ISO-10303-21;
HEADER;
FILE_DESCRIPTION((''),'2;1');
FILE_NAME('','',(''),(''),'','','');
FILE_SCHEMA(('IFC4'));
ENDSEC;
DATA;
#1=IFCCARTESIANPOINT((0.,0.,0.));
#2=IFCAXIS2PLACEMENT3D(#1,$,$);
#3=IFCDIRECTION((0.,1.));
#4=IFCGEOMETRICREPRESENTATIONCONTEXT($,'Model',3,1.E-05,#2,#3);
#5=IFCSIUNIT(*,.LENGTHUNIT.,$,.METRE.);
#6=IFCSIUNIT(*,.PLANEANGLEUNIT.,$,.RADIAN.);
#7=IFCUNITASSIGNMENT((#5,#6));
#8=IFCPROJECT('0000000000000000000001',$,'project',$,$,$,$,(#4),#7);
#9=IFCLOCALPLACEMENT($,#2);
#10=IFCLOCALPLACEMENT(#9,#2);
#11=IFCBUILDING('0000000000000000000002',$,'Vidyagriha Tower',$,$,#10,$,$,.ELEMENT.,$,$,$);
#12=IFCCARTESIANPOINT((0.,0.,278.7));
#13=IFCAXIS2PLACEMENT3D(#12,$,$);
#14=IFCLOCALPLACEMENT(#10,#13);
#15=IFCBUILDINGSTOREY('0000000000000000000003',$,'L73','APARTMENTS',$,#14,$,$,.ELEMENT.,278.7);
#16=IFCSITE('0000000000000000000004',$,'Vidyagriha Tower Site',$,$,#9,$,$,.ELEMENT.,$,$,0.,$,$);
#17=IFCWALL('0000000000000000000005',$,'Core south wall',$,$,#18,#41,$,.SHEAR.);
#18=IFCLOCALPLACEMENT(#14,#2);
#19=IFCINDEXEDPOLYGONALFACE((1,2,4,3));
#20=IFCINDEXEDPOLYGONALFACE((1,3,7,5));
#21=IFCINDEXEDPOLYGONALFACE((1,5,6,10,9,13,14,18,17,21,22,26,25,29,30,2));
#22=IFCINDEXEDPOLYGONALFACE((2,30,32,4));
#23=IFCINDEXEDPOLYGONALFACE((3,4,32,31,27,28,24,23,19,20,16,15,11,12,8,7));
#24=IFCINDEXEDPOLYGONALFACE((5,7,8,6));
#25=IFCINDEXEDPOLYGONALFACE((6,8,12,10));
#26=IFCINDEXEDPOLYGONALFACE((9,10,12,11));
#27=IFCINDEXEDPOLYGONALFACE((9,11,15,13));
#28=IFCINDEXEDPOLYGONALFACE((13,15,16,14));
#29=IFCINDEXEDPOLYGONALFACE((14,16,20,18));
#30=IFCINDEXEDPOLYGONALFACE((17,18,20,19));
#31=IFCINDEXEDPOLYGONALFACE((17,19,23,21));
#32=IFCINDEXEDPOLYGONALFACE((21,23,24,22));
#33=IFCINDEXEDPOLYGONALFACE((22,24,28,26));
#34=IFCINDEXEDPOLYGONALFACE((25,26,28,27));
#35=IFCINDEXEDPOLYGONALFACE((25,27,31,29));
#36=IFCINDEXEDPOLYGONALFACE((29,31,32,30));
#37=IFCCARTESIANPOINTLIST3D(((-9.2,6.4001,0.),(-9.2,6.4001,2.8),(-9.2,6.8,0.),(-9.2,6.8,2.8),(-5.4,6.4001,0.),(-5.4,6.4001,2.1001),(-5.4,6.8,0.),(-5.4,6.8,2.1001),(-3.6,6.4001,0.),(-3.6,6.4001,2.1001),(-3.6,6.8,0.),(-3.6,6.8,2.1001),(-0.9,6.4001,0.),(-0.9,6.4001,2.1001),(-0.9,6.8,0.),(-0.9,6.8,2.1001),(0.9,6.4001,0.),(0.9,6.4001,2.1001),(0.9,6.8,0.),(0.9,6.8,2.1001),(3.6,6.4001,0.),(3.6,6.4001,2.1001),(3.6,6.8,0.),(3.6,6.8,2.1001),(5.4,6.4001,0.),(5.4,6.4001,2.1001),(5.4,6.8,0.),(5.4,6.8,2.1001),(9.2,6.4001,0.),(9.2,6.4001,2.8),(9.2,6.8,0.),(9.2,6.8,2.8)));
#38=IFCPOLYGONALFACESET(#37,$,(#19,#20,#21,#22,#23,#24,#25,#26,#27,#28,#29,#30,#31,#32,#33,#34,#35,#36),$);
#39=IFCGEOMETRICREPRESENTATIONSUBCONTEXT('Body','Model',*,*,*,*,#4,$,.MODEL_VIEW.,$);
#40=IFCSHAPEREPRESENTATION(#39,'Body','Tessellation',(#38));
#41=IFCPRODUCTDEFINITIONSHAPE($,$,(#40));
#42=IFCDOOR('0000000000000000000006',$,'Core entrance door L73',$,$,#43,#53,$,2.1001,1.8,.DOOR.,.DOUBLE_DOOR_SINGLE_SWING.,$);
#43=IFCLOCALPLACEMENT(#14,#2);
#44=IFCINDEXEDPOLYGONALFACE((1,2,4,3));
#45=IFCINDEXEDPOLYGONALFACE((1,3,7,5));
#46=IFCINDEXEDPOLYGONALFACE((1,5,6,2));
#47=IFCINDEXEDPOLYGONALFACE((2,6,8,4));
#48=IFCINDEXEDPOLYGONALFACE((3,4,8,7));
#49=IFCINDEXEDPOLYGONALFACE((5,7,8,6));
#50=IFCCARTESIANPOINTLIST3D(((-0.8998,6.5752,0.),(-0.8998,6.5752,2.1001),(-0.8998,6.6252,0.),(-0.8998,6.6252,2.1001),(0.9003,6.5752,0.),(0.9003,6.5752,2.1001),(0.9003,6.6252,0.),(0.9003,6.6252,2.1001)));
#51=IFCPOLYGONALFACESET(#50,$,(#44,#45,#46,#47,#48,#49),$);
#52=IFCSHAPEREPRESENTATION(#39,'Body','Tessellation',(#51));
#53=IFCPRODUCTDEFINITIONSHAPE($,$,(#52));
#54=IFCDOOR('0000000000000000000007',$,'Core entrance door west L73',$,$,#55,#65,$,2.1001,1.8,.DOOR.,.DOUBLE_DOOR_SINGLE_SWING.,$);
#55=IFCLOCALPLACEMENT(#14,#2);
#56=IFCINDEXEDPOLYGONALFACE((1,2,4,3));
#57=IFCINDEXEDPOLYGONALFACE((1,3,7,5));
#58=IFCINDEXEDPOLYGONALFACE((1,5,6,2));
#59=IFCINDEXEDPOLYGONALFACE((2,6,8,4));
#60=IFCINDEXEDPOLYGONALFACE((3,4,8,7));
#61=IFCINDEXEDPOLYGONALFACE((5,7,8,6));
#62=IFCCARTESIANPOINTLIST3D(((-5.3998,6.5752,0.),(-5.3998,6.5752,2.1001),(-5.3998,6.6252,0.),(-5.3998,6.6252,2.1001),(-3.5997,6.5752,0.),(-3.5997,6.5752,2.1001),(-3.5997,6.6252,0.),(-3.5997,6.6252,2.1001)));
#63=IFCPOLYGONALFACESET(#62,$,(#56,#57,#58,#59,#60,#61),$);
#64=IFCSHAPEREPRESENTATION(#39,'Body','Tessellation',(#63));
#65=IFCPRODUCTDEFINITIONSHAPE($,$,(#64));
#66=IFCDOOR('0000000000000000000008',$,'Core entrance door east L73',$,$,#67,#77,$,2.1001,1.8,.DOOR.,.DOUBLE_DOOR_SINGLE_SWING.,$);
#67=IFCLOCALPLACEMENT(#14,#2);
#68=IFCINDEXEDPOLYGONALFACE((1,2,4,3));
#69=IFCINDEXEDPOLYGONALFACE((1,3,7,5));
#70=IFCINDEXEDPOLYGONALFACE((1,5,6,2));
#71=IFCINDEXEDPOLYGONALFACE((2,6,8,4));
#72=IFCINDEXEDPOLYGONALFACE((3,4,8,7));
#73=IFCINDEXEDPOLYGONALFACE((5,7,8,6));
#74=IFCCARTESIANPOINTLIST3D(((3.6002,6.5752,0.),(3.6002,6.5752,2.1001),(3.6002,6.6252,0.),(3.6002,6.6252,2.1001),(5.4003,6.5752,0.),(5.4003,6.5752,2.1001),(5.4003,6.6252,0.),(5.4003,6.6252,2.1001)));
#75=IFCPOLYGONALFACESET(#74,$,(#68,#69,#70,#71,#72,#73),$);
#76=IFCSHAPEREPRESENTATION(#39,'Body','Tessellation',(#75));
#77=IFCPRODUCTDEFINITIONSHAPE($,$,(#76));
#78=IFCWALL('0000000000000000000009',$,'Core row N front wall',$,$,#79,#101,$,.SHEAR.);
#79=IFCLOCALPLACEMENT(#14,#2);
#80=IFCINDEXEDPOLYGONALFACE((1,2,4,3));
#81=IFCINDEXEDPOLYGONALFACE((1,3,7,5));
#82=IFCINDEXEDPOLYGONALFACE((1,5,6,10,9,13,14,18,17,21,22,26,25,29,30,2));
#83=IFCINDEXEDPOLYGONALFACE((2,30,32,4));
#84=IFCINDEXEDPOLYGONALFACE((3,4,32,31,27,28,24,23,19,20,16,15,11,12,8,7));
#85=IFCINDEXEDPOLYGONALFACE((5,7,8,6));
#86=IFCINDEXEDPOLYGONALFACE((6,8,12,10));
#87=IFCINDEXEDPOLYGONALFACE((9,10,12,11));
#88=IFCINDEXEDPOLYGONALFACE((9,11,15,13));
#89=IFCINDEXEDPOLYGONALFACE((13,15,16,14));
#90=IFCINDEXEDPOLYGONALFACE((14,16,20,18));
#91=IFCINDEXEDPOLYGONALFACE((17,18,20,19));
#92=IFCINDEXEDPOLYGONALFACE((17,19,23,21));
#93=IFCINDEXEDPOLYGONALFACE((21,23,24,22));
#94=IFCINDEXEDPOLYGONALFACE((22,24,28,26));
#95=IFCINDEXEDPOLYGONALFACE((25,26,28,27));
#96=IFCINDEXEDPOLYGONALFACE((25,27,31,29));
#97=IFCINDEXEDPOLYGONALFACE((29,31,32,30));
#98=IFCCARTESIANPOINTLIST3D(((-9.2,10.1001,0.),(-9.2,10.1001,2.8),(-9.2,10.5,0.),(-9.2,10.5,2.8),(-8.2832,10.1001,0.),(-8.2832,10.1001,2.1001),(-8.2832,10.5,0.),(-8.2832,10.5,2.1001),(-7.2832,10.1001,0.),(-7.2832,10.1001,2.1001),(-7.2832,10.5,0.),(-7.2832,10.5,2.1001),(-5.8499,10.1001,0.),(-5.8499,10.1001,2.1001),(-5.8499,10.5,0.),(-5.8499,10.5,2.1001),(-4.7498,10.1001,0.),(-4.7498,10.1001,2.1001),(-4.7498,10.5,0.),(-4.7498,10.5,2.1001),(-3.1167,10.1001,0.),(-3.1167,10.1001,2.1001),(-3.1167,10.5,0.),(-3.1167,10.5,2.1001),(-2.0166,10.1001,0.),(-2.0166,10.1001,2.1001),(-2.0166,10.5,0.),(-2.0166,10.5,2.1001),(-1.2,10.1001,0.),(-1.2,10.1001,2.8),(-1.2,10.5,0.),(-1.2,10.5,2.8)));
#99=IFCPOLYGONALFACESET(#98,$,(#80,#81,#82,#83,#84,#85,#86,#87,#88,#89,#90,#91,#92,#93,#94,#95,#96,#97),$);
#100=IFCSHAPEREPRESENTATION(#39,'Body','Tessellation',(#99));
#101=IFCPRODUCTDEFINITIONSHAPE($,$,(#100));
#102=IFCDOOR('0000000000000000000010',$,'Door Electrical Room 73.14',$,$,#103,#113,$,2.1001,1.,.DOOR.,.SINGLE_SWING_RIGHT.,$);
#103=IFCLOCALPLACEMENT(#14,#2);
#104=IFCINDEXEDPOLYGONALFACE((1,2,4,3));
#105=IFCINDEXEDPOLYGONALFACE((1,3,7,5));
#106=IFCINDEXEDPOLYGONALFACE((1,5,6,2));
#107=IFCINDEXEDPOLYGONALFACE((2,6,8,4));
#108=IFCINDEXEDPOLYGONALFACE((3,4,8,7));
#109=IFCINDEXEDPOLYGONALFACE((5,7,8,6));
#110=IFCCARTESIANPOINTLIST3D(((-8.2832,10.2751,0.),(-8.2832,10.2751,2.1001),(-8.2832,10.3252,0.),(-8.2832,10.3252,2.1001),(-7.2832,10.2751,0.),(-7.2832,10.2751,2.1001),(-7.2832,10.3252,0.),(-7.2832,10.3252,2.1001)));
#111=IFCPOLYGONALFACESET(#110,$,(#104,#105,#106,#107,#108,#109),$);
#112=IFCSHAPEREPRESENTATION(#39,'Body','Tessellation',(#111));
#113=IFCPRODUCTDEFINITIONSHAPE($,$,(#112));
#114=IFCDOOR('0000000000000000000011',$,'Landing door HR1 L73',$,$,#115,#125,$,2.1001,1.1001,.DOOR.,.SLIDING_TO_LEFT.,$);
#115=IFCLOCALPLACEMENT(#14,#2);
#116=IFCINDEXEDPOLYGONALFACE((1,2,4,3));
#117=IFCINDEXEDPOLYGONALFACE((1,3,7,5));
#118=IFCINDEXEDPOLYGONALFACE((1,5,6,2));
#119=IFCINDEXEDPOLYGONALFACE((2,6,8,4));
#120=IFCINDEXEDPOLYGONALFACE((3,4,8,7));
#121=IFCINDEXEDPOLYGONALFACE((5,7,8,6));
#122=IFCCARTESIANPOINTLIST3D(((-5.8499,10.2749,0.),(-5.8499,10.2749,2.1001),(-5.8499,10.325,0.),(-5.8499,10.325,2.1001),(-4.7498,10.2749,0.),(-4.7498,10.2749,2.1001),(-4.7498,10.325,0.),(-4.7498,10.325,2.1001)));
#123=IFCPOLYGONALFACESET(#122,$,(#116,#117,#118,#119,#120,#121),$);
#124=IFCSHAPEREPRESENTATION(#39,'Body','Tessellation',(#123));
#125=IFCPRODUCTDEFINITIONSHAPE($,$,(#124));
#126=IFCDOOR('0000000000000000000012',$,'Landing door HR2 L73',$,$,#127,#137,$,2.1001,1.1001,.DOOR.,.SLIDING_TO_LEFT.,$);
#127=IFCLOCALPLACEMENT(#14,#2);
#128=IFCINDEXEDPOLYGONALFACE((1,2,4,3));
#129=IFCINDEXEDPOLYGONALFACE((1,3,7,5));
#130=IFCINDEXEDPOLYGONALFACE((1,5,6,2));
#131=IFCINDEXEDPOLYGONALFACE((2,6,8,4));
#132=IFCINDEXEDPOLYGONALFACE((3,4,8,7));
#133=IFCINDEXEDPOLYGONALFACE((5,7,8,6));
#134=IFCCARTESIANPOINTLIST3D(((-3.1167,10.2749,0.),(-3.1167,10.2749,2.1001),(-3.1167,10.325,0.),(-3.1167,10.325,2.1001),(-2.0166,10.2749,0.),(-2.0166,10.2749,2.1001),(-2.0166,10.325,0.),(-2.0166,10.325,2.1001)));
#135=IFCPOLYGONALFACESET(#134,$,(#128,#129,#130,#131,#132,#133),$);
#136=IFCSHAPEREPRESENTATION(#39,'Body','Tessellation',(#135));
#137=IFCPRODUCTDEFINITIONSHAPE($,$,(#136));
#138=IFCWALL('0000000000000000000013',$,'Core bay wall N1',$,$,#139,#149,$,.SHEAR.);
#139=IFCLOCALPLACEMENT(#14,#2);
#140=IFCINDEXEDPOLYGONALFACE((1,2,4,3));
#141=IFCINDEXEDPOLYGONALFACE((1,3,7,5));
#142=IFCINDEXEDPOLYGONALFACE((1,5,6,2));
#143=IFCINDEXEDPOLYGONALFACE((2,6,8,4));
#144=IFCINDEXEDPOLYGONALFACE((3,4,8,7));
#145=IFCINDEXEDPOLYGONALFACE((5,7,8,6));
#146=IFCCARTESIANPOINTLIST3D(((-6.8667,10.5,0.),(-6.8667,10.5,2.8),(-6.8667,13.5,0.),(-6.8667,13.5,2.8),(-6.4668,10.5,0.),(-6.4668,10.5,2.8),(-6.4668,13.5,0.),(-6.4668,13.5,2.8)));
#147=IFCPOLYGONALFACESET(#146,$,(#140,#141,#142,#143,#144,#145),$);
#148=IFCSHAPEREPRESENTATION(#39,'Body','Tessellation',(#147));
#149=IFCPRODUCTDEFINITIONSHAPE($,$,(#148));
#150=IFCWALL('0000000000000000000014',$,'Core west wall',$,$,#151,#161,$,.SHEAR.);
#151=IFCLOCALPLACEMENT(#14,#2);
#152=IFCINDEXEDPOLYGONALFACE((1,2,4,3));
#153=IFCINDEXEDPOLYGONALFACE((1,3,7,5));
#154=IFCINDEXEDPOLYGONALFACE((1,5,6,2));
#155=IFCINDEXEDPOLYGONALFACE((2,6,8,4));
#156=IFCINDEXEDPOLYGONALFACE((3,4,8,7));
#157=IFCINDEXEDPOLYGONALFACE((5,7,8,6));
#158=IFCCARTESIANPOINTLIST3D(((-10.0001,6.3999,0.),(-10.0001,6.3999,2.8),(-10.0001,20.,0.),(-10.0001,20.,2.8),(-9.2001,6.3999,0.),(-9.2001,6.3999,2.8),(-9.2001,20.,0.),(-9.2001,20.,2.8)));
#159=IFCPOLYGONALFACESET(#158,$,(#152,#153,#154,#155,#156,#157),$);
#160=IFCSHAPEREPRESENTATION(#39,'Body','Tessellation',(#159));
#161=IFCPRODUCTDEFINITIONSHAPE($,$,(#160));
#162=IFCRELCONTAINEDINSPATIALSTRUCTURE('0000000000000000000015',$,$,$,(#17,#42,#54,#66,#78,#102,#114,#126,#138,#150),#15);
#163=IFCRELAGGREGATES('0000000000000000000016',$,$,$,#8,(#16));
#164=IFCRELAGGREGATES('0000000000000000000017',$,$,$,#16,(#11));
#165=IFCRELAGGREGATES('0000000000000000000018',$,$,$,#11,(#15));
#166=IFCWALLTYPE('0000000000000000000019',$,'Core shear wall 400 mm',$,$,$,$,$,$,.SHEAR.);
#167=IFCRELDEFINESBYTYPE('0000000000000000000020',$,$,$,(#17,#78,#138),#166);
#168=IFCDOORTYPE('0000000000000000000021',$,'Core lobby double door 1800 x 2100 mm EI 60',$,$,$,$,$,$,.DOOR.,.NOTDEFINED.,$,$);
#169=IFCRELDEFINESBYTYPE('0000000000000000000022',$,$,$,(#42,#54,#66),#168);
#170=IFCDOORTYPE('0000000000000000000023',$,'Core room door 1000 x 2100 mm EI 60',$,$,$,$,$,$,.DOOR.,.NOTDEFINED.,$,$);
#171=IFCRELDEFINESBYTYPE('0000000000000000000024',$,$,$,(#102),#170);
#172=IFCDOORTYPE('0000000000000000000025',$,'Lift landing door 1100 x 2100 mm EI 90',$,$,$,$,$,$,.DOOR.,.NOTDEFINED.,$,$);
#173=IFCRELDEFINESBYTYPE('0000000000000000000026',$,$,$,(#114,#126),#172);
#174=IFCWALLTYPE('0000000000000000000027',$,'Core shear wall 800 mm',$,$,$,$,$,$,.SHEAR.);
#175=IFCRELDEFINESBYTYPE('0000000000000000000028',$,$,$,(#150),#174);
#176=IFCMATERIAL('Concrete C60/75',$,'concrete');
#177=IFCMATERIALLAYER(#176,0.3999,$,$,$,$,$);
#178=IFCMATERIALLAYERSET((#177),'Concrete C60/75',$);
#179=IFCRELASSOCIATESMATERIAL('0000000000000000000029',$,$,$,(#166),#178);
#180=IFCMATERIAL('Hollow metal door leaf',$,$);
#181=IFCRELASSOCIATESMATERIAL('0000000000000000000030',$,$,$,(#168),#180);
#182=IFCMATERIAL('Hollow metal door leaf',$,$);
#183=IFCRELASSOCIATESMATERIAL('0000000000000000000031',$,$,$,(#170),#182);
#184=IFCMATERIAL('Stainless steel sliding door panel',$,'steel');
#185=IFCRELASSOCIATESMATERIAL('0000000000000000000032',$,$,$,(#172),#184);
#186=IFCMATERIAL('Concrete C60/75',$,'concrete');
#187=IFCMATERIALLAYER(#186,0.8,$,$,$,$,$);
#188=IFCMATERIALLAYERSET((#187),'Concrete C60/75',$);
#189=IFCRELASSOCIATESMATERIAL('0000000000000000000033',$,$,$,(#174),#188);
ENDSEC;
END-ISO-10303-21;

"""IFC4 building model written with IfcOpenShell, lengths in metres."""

from ifc_helpers import new_model, si_unit, direction, frame, frame_2d, origin, place, context, subcontext, project, spatial, rectangle, extrude, material, layer, layer_set, type_object, element, fill, save


model = new_model("IFC4")

# Units and contexts
model_context = context("Model", 3, precision=1e-05, world=origin(), true_north=direction((0.0, 1.0)))
body_context = subcontext(model_context, "Body", "Model", "MODEL_VIEW")
ifc_project = project(units=[si_unit("LENGTHUNIT", "METRE"), si_unit("PLANEANGLEUNIT", "RADIAN")], contexts=[model_context])

# Site, building, storey
site_placement = place(None, origin())
site = spatial("IfcSite", under=ifc_project, at=site_placement, Name="Vidyagriha Tower Site", CompositionType="ELEMENT", RefElevation=0.0)
building_placement = place(site_placement, origin())
building = spatial("IfcBuilding", under=site, at=building_placement, Name="Vidyagriha Tower", CompositionType="ELEMENT")
storey_placement = place(building_placement, frame((0.0, 0.0, 278.7)))
storey = spatial("IfcBuildingStorey", under=building, at=storey_placement, Name="L73", Description="APARTMENTS", CompositionType="ELEMENT", Elevation=278.7)

# Walls, openings, doors
ifc_material_1 = material(Name="Concrete C60/75", Category="concrete")
ifc_layer_1 = layer(ifc_material_1, 0.3999)
ifc_layer_set_1 = layer_set([ifc_layer_1], Name="Concrete C60/75")
wall_type_1 = type_object("IfcWallType", Name="Core shear wall 400 mm", PredefinedType="SHEAR", material=ifc_layer_set_1)
wall_1_placement = place(storey_placement, frame((-9.2, 6.6001, 0.0)))
wall_1 = element("IfcWall", 1, at=wall_1_placement, inside=storey, type_object=wall_type_1, Name="Core south wall", PredefinedType="SHEAR", context=body_context, shape_type="SweptSolid", body=[
    extrude(rectangle(XDim=18.3999, YDim=0.3999, at=frame_2d((9.2, 0.0))), origin(), (0.0, 0.0, 1.0), 2.8),
])
opening_1_placement = place(wall_1_placement, frame((8.3, 0.0, 0.0)))
opening_1 = element("IfcOpeningElement", 2, at=opening_1_placement, cuts=wall_1, PredefinedType="OPENING", context=body_context, shape_type="SweptSolid", body=[
    extrude(rectangle(XDim=1.8, YDim=2.1001, at=frame_2d((0.8999, 1.05))), frame((0.0, 0.21, 0.0), z_axis=(0.0, -1.0, 0.0), x_axis=(1.0, 0.0, 0.0)), (0.0, 0.0, 1.0), 0.4199),
])
opening_2_placement = place(wall_1_placement, frame((3.8, 0.0, 0.0)))
opening_2 = element("IfcOpeningElement", 3, at=opening_2_placement, cuts=wall_1, PredefinedType="OPENING", context=body_context, shape_type="SweptSolid", body=[
    extrude(rectangle(XDim=1.8, YDim=2.1001, at=frame_2d((0.8999, 1.05))), frame((0.0, 0.21, 0.0), z_axis=(0.0, -1.0, 0.0), x_axis=(1.0, 0.0, 0.0)), (0.0, 0.0, 1.0), 0.4199),
])
opening_3_placement = place(wall_1_placement, frame((12.8, 0.0, 0.0)))
opening_3 = element("IfcOpeningElement", 4, at=opening_3_placement, cuts=wall_1, PredefinedType="OPENING", context=body_context, shape_type="SweptSolid", body=[
    extrude(rectangle(XDim=1.8, YDim=2.1001, at=frame_2d((0.8999, 1.05))), frame((0.0, 0.21, 0.0), z_axis=(0.0, -1.0, 0.0), x_axis=(1.0, 0.0, 0.0)), (0.0, 0.0, 1.0), 0.4199),
])
ifc_material_2 = material(Name="Hollow metal door leaf")
door_type_1 = type_object("IfcDoorType", Name="Core lobby double door 1800 x 2100 mm EI 60", OperationType="NOTDEFINED", PredefinedType="DOOR", material=ifc_material_2)
door_1_placement = place(opening_1_placement, frame((1.8, 0.0, 0.0), z_axis=(0.0, 0.0, 1.0), x_axis=(-1.0, 0.0, 0.0)))
door_1 = element("IfcDoor", 5, at=door_1_placement, inside=storey, type_object=door_type_1, Name="Core entrance door L73", OperationType="DOUBLE_DOOR_SINGLE_SWING", OverallHeight=2.1001, OverallWidth=1.8, PredefinedType="DOOR", context=body_context, shape_type="SweptSolid", body=[
    extrude(rectangle(XDim=1.8, YDim=2.1001, at=frame_2d((0.8999, 1.05))), frame((0.0, 0.0249, 0.0), z_axis=(0.0, -1.0, 0.0), x_axis=(1.0, 0.0, 0.0)), (0.0, 0.0, 1.0), 0.05),
])
fill(opening_1, door_1)
door_2_placement = place(opening_2_placement, frame((1.8, 0.0, 0.0), z_axis=(0.0, 0.0, 1.0), x_axis=(-1.0, 0.0, 0.0)))
door_2 = element("IfcDoor", 6, at=door_2_placement, inside=storey, type_object=door_type_1, Name="Core entrance door west L73", OperationType="DOUBLE_DOOR_SINGLE_SWING", OverallHeight=2.1001, OverallWidth=1.8, PredefinedType="DOOR", context=body_context, shape_type="SweptSolid", body=[
    extrude(rectangle(XDim=1.8, YDim=2.1001, at=frame_2d((0.8999, 1.05))), frame((0.0, 0.0249, 0.0), z_axis=(0.0, -1.0, 0.0), x_axis=(1.0, 0.0, 0.0)), (0.0, 0.0, 1.0), 0.05),
])
fill(opening_2, door_2)
door_3_placement = place(opening_3_placement, frame((1.8, 0.0, 0.0), z_axis=(0.0, 0.0, 1.0), x_axis=(-1.0, 0.0, 0.0)))
door_3 = element("IfcDoor", 7, at=door_3_placement, inside=storey, type_object=door_type_1, Name="Core entrance door east L73", OperationType="DOUBLE_DOOR_SINGLE_SWING", OverallHeight=2.1001, OverallWidth=1.8, PredefinedType="DOOR", context=body_context, shape_type="SweptSolid", body=[
    extrude(rectangle(XDim=1.8, YDim=2.1001, at=frame_2d((0.8999, 1.05))), frame((0.0, 0.0249, 0.0), z_axis=(0.0, -1.0, 0.0), x_axis=(1.0, 0.0, 0.0)), (0.0, 0.0, 1.0), 0.05),
])
fill(opening_3, door_3)
wall_2_placement = place(storey_placement, frame((-9.2, 10.3, 0.0)))
wall_2 = element("IfcWall", 8, at=wall_2_placement, inside=storey, type_object=wall_type_1, Name="Core row N front wall", PredefinedType="SHEAR", context=body_context, shape_type="SweptSolid", body=[
    extrude(rectangle(XDim=8.0, YDim=0.3999, at=frame_2d((4.0, 0.0))), origin(), (0.0, 0.0, 1.0), 2.8),
])
opening_4_placement = place(wall_2_placement, frame((3.3501, 0.0, 0.0)))
opening_4 = element("IfcOpeningElement", 9, at=opening_4_placement, cuts=wall_2, PredefinedType="OPENING", context=body_context, shape_type="SweptSolid", body=[
    extrude(rectangle(XDim=1.1001, YDim=2.1001, at=frame_2d((0.55, 1.05))), frame((0.0, 0.21, 0.0), z_axis=(0.0, -1.0, 0.0), x_axis=(1.0, 0.0, 0.0)), (0.0, 0.0, 1.0), 0.4199),
])
opening_5_placement = place(wall_2_placement, frame((6.0833, 0.0, 0.0)))
opening_5 = element("IfcOpeningElement", 10, at=opening_5_placement, cuts=wall_2, PredefinedType="OPENING", context=body_context, shape_type="SweptSolid", body=[
    extrude(rectangle(XDim=1.1001, YDim=2.1001, at=frame_2d((0.55, 1.05))), frame((0.0, 0.21, 0.0), z_axis=(0.0, -1.0, 0.0), x_axis=(1.0, 0.0, 0.0)), (0.0, 0.0, 1.0), 0.4199),
])
opening_6_placement = place(wall_2_placement, frame((0.9167, 0.0, 0.0)))
opening_6 = element("IfcOpeningElement", 11, at=opening_6_placement, cuts=wall_2, PredefinedType="OPENING", context=body_context, shape_type="SweptSolid", body=[
    extrude(rectangle(XDim=1.0, YDim=2.1001, at=frame_2d((0.5, 1.05))), frame((0.0, 0.21, 0.0), z_axis=(0.0, -1.0, 0.0), x_axis=(1.0, 0.0, 0.0)), (0.0, 0.0, 1.0), 0.4199),
])
ifc_material_3 = material(Name="Hollow metal door leaf")
door_type_2 = type_object("IfcDoorType", Name="Core room door 1000 x 2100 mm EI 60", OperationType="NOTDEFINED", PredefinedType="DOOR", material=ifc_material_3)
door_4_placement = place(opening_6_placement, frame((1.0, 0.0, 0.0), z_axis=(0.0, 0.0, 1.0), x_axis=(-1.0, 0.0, 0.0)))
door_4 = element("IfcDoor", 12, at=door_4_placement, inside=storey, type_object=door_type_2, Name="Door Electrical Room 73.14", OperationType="SINGLE_SWING_RIGHT", OverallHeight=2.1001, OverallWidth=1.0, PredefinedType="DOOR", context=body_context, shape_type="SweptSolid", body=[
    extrude(rectangle(XDim=1.0, YDim=2.1001, at=frame_2d((0.5, 1.05))), frame((0.0, 0.0249, 0.0), z_axis=(0.0, -1.0, 0.0), x_axis=(1.0, 0.0, 0.0)), (0.0, 0.0, 1.0), 0.05),
])
fill(opening_6, door_4)
ifc_material_4 = material(Name="Stainless steel sliding door panel", Category="steel")
door_type_3 = type_object("IfcDoorType", Name="Lift landing door 1100 x 2100 mm EI 90", OperationType="NOTDEFINED", PredefinedType="DOOR", material=ifc_material_4)
door_5_placement = place(opening_4_placement, origin())
door_5 = element("IfcDoor", 13, at=door_5_placement, inside=storey, type_object=door_type_3, Name="Landing door HR1 L73", OperationType="SLIDING_TO_LEFT", OverallHeight=2.1001, OverallWidth=1.1001, PredefinedType="DOOR", context=body_context, shape_type="SweptSolid", body=[
    extrude(rectangle(XDim=1.1001, YDim=2.1001, at=frame_2d((0.55, 1.05))), frame((0.0, 0.0249, 0.0), z_axis=(0.0, -1.0, 0.0), x_axis=(1.0, 0.0, 0.0)), (0.0, 0.0, 1.0), 0.05),
])
fill(opening_4, door_5)
door_6_placement = place(opening_5_placement, origin())
door_6 = element("IfcDoor", 14, at=door_6_placement, inside=storey, type_object=door_type_3, Name="Landing door HR2 L73", OperationType="SLIDING_TO_LEFT", OverallHeight=2.1001, OverallWidth=1.1001, PredefinedType="DOOR", context=body_context, shape_type="SweptSolid", body=[
    extrude(rectangle(XDim=1.1001, YDim=2.1001, at=frame_2d((0.55, 1.05))), frame((0.0, 0.0249, 0.0), z_axis=(0.0, -1.0, 0.0), x_axis=(1.0, 0.0, 0.0)), (0.0, 0.0, 1.0), 0.05),
])
fill(opening_5, door_6)

# Walls
wall_3_placement = place(storey_placement, frame((-6.6667, 10.5, 0.0), z_axis=(0.0, 0.0, 1.0), x_axis=(0.0, 1.0, 0.0)))
element("IfcWall", 15, at=wall_3_placement, inside=storey, type_object=wall_type_1, Name="Core bay wall N1", PredefinedType="SHEAR", context=body_context, shape_type="SweptSolid", body=[
    extrude(rectangle(XDim=3.0, YDim=0.3999, at=frame_2d((1.5, 0.0))), origin(), (0.0, 0.0, 1.0), 2.8),
])
ifc_material_5 = material(Name="Concrete C60/75", Category="concrete")
ifc_layer_2 = layer(ifc_material_5, 0.8)
ifc_layer_set_2 = layer_set([ifc_layer_2], Name="Concrete C60/75")
wall_type_2 = type_object("IfcWallType", Name="Core shear wall 800 mm", PredefinedType="SHEAR", material=ifc_layer_set_2)
wall_4_placement = place(storey_placement, frame((-9.6001, 6.3999, 0.0), z_axis=(0.0, 0.0, 1.0), x_axis=(0.0, 1.0, 0.0)))
element("IfcWall", 16, at=wall_4_placement, inside=storey, type_object=wall_type_2, Name="Core west wall", PredefinedType="SHEAR", context=body_context, shape_type="SweptSolid", body=[
    extrude(rectangle(XDim=13.6001, YDim=0.8, at=frame_2d((6.8, 0.0))), origin(), (0.0, 0.0, 1.0), 2.8),
])

save(model, "model.ifc")
